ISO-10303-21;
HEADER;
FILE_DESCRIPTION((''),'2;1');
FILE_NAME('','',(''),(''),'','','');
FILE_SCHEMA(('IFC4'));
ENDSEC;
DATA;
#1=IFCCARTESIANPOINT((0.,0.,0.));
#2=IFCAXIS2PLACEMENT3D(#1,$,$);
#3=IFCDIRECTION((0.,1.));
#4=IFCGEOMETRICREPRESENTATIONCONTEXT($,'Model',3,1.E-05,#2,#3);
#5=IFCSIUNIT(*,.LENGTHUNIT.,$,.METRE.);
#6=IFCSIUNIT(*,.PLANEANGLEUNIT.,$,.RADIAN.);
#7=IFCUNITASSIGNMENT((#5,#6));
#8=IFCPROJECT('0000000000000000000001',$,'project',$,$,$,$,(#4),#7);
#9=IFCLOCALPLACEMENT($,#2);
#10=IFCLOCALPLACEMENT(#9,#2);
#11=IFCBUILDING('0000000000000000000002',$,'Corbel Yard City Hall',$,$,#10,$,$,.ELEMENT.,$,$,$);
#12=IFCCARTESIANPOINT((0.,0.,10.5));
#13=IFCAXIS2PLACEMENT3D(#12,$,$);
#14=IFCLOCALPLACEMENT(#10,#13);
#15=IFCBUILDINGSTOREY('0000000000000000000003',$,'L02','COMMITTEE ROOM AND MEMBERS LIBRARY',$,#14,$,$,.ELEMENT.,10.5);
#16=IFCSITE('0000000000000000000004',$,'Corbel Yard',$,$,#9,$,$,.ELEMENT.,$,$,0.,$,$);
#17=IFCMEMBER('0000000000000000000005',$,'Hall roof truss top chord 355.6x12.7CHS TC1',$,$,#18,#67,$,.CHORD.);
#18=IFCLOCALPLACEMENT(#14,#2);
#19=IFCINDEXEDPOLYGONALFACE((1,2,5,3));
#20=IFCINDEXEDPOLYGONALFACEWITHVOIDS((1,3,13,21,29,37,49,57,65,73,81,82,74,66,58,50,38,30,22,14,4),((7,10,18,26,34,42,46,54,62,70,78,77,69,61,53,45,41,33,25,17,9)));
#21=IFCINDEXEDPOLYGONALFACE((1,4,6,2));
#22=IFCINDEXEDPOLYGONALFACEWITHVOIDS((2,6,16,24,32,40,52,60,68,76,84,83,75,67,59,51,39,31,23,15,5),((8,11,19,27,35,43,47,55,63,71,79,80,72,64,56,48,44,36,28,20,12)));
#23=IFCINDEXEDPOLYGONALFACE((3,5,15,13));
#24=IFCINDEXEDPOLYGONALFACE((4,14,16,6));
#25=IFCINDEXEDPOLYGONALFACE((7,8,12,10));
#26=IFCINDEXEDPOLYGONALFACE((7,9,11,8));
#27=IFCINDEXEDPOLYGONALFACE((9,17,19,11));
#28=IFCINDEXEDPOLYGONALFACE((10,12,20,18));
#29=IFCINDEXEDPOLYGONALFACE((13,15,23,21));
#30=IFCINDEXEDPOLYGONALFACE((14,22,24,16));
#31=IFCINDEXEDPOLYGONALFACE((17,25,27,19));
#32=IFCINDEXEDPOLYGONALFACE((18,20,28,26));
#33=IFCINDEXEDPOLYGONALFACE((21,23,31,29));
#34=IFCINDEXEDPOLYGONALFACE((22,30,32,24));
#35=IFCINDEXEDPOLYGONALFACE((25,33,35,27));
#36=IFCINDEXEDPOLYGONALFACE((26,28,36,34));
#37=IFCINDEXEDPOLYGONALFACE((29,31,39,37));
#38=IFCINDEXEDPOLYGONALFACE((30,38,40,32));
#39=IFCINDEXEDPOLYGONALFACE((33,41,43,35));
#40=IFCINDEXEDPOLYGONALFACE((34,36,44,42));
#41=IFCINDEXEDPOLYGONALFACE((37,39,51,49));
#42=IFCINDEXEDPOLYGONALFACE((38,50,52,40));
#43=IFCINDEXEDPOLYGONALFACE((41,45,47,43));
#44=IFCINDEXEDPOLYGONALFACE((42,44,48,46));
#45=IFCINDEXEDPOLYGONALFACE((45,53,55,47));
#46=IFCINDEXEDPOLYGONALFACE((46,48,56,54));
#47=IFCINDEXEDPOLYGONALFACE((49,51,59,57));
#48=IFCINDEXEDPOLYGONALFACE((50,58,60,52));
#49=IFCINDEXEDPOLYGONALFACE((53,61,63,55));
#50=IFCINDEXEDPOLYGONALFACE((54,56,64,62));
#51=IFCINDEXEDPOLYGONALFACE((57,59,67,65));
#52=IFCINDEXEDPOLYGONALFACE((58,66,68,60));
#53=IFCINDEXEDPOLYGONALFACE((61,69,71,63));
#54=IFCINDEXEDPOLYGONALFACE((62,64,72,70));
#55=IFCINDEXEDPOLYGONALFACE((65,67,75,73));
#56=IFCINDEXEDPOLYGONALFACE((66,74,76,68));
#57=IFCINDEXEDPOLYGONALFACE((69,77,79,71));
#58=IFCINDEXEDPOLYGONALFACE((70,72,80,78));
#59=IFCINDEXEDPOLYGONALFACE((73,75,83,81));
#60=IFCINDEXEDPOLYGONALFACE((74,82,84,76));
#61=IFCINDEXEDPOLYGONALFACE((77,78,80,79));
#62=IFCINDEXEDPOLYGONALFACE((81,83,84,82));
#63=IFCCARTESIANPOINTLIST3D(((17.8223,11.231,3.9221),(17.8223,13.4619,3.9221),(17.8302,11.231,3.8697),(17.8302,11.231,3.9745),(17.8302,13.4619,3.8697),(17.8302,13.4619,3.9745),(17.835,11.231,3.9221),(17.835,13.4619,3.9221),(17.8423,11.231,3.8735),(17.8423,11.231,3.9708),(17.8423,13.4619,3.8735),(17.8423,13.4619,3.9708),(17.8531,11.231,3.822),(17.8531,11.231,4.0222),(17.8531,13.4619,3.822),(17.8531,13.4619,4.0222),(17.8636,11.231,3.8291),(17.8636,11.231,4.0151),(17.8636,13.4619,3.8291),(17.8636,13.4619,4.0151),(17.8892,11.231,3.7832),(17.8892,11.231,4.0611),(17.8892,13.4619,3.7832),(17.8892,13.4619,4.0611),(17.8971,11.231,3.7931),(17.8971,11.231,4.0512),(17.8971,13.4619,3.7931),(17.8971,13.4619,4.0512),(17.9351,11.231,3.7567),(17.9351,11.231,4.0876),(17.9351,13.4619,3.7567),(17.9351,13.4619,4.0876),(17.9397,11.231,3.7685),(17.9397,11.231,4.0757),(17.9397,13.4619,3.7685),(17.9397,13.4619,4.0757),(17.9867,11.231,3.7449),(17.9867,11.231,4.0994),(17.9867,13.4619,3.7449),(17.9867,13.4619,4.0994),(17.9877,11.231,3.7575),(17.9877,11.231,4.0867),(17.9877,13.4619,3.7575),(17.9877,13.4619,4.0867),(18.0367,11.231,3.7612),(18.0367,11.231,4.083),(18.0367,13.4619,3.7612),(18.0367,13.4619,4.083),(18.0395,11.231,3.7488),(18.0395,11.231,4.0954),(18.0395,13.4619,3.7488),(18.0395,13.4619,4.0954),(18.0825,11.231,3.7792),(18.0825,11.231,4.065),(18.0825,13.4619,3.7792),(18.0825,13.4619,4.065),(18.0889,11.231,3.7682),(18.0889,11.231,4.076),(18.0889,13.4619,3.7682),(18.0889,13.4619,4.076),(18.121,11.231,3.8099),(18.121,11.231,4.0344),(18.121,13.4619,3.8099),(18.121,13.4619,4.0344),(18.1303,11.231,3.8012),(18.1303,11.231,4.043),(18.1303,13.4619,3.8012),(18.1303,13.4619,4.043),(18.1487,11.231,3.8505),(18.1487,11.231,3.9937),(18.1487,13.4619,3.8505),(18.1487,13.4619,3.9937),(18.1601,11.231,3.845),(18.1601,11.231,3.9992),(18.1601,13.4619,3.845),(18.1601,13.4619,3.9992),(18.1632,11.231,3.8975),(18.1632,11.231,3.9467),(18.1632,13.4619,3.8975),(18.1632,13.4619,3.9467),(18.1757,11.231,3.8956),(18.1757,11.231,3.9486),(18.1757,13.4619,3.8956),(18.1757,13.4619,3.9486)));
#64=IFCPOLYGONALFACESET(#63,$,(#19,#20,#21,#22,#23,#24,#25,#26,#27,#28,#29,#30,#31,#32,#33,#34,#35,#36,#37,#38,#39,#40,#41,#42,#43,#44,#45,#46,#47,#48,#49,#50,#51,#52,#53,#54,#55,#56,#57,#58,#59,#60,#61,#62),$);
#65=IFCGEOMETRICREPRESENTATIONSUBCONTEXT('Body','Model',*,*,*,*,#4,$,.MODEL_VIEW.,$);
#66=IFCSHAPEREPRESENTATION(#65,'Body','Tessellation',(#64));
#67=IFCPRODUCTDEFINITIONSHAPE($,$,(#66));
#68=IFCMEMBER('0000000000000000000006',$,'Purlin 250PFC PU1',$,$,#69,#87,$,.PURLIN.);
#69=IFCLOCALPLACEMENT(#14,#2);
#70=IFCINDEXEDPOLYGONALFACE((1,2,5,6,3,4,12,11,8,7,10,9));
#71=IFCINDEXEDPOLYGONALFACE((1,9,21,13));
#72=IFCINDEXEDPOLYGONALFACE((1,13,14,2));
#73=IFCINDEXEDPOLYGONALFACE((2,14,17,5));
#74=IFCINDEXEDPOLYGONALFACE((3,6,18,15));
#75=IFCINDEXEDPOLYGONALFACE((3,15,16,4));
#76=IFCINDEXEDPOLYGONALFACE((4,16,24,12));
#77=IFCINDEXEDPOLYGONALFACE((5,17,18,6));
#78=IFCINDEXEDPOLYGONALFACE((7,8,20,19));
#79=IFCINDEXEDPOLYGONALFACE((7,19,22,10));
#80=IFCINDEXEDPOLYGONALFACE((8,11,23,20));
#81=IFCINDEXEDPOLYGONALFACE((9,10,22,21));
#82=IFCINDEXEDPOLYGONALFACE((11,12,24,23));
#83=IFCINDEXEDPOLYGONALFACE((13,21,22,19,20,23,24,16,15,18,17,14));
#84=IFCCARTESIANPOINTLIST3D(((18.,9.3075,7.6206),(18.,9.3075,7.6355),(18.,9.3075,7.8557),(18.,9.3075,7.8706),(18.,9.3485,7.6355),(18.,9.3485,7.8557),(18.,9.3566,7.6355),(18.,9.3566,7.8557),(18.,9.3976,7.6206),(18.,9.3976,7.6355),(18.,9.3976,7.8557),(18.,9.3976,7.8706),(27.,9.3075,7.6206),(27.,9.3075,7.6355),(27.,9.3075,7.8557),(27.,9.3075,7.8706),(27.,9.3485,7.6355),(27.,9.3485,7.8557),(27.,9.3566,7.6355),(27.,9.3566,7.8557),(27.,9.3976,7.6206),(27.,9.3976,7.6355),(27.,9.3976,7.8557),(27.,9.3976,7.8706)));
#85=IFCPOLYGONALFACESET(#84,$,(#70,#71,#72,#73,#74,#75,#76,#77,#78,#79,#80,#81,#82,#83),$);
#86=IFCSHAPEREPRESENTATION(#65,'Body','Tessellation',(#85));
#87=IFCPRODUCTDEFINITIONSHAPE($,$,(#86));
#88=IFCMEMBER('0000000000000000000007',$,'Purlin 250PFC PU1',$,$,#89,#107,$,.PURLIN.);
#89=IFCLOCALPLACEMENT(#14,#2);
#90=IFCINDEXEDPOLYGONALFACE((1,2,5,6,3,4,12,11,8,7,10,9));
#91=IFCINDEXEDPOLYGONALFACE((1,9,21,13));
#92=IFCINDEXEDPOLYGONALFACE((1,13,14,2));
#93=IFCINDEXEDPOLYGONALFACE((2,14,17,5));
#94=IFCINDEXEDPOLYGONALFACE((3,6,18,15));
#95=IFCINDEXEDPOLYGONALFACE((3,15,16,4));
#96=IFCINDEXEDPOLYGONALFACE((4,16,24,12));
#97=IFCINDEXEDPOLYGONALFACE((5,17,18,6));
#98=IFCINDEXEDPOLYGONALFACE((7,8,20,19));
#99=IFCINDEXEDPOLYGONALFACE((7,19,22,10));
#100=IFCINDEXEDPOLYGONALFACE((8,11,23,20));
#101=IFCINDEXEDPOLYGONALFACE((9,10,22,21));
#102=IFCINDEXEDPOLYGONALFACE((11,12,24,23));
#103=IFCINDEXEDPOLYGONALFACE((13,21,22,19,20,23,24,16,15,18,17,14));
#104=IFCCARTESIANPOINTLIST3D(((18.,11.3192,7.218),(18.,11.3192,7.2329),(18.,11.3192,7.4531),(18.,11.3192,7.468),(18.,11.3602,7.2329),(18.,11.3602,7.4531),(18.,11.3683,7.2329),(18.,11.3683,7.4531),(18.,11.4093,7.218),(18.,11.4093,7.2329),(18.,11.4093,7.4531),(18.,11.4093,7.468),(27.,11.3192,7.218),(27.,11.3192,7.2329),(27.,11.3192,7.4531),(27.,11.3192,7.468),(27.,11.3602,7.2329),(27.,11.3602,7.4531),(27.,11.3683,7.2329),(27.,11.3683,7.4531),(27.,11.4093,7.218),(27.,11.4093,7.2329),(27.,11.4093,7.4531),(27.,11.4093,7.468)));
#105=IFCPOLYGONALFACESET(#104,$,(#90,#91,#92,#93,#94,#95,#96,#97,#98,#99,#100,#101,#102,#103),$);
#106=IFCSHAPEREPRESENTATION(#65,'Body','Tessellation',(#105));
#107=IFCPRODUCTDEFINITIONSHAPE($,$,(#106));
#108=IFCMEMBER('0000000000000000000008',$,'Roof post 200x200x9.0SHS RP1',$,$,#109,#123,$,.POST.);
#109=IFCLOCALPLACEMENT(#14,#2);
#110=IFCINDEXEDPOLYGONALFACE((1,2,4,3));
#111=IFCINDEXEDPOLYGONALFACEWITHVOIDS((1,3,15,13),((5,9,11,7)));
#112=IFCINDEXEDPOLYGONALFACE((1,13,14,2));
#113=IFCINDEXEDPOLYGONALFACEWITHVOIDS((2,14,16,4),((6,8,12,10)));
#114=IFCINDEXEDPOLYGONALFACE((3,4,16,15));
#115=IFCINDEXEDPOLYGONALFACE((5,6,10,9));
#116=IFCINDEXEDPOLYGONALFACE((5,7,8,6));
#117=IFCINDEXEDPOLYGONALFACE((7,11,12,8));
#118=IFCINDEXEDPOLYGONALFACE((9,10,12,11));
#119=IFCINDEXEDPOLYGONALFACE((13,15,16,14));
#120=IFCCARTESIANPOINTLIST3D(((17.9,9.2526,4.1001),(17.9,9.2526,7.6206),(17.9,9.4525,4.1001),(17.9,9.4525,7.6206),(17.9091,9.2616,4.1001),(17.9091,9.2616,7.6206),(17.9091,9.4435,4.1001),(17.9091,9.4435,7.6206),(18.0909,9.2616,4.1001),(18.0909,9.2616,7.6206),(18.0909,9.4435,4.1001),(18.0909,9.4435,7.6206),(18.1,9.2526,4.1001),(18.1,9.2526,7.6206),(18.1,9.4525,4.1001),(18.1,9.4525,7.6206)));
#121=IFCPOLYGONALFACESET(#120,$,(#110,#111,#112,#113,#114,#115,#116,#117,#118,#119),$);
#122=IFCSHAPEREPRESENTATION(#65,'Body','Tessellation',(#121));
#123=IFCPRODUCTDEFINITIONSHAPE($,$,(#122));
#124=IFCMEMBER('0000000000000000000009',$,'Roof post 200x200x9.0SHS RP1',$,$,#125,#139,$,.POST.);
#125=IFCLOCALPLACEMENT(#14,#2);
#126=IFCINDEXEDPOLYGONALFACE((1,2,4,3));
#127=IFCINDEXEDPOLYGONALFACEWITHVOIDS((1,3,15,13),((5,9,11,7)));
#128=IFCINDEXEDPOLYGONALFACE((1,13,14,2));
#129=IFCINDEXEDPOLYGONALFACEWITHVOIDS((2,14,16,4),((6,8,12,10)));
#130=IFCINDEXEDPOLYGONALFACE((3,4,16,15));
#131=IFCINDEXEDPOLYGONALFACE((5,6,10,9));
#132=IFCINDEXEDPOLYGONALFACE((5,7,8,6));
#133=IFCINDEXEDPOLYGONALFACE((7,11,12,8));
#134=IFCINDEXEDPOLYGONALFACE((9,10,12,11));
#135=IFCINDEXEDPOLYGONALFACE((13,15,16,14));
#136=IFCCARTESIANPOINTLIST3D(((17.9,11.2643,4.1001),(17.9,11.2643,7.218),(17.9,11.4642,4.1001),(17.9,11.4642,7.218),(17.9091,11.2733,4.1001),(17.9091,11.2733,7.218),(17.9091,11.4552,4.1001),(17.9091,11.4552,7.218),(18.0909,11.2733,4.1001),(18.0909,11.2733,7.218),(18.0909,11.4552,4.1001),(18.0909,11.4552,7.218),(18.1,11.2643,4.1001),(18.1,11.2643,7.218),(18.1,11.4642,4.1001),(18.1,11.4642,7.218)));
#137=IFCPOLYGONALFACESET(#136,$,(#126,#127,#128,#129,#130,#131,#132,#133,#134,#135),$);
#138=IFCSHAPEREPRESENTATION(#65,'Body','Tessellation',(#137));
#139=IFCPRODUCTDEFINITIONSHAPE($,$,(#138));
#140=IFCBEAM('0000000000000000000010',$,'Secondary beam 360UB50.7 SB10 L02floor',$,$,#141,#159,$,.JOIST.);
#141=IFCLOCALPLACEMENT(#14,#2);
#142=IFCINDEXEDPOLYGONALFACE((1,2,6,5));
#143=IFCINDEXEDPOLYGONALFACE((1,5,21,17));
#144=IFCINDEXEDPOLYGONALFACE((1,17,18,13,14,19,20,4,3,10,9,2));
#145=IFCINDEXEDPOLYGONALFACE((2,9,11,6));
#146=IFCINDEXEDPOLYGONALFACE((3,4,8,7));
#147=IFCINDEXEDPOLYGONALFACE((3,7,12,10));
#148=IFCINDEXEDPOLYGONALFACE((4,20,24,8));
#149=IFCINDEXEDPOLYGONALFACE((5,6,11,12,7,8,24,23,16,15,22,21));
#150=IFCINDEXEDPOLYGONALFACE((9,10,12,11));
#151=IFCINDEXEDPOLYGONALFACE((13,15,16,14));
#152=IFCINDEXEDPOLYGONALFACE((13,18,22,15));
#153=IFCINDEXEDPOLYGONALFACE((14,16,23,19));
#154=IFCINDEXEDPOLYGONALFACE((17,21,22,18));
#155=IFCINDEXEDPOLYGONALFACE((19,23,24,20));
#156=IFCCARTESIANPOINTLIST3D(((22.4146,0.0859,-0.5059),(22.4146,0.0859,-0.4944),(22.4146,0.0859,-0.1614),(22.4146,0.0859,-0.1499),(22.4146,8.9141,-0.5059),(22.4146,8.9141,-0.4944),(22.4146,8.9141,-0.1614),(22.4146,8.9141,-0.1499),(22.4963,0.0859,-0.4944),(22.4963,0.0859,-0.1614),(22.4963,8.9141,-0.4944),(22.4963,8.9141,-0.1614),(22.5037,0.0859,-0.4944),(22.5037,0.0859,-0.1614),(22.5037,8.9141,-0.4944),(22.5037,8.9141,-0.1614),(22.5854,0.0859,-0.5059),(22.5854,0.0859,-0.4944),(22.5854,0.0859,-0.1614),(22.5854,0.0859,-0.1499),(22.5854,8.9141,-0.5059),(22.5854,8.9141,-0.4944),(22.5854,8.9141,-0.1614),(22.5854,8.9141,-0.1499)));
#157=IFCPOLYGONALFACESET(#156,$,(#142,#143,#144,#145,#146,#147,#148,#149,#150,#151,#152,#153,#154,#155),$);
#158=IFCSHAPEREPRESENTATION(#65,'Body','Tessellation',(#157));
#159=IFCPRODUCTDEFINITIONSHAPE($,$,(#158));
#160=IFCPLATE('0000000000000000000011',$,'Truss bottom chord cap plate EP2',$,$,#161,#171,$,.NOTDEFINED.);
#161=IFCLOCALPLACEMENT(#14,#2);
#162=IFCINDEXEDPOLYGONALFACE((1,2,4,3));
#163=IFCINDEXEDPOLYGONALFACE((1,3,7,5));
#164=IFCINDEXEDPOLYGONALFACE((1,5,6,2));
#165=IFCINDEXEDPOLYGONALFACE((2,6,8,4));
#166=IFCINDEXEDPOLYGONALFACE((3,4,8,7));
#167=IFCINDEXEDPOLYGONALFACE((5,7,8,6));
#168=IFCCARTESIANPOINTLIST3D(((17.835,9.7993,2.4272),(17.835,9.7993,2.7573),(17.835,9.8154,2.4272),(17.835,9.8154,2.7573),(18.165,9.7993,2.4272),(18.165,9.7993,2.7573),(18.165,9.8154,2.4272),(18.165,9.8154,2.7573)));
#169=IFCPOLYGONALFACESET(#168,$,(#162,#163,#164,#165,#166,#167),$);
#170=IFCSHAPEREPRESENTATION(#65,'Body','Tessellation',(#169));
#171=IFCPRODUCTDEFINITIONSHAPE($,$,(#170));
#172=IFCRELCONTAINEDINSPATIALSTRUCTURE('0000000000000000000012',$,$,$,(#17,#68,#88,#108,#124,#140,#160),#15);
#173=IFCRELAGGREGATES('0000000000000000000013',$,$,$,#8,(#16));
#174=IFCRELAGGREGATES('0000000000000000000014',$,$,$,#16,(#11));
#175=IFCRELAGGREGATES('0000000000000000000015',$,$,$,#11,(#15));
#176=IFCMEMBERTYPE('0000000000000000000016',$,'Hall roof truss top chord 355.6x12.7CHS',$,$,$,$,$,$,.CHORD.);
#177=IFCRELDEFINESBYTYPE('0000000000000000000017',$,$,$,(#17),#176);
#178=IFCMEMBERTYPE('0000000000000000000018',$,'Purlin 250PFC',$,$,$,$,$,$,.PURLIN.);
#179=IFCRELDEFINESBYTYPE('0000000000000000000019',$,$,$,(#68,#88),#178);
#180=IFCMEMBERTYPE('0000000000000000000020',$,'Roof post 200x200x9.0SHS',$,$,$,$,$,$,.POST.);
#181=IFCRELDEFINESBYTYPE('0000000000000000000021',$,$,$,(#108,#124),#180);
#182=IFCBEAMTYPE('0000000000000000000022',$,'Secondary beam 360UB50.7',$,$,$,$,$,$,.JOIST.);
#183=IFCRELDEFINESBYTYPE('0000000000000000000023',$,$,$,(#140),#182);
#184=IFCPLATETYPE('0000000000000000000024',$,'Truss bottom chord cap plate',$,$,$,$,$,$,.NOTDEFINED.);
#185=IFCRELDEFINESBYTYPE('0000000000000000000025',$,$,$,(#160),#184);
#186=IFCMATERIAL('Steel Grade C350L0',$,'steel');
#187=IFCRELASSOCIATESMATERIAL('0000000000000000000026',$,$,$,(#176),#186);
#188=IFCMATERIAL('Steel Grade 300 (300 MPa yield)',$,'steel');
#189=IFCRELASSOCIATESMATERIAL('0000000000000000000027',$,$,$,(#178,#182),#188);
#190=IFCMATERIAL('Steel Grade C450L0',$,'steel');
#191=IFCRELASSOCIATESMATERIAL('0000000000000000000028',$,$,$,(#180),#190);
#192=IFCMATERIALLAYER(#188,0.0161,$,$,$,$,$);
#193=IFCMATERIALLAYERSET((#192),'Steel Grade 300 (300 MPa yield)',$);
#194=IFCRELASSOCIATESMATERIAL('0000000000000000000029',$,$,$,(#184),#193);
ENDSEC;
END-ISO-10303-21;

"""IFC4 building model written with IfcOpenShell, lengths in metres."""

from ifc_helpers import new_model, si_unit, direction, frame, origin, origin_2d, place, context, subcontext, project, spatial, rectangle, hollow_rectangle, hollow_circle, i_section, extrude, material, layer, layer_set, material_profile, profile_set, type_object, element, save


model = new_model("IFC4")

# Units and contexts
model_context = context("Model", 3, precision=1e-05, world=origin(), true_north=direction((0.0, 1.0)))
body_context = subcontext(model_context, "Body", "Model", "MODEL_VIEW")
ifc_project = project(units=[si_unit("LENGTHUNIT", "METRE"), si_unit("PLANEANGLEUNIT", "RADIAN")], contexts=[model_context])

# Site, building, storey
site_placement = place(None, origin())
site = spatial("IfcSite", under=ifc_project, at=site_placement, Name="Corbel Yard", CompositionType="ELEMENT", RefElevation=0.0)
building_placement = place(site_placement, origin())
building = spatial("IfcBuilding", under=site, at=building_placement, Name="Corbel Yard City Hall", CompositionType="ELEMENT")
storey_placement = place(building_placement, frame((0.0, 0.0, 10.5)))
storey = spatial("IfcBuildingStorey", under=building, at=storey_placement, Name="L02", Description="COMMITTEE ROOM AND MEMBERS LIBRARY", CompositionType="ELEMENT", Elevation=10.5)

# Shared definitions
ifc_material_1 = material(Name="Steel Grade 300 (300 MPa yield)", Category="steel")

# Members
ifc_material_2 = material(Name="Steel Grade C350L0", Category="steel")
ifc_material_profile_1 = material_profile(ifc_material_2, hollow_circle(Radius=0.1777, WallThickness=0.0127, at=origin_2d()), Name="355.6x12.7CHS")
ifc_profile_set_1 = profile_set([ifc_material_profile_1], Name="Steel Grade C350L0")
member_type_1 = type_object("IfcMemberType", Name="Hall roof truss top chord 355.6x12.7CHS", PredefinedType="CHORD", material=ifc_profile_set_1)
for number, where, z_axis, x_axis, name in (
    (1, (18.0, 11.231, 3.9221), (0.0, 1.0, 0.0), (-1.0, 0.0, 0.0), "Hall roof truss top chord 355.6x12.7CHS TC1"),
):
    element("IfcMember", number, at=place(storey_placement, frame(where, z_axis=z_axis, x_axis=x_axis)), inside=storey, type_object=member_type_1, Name=name, PredefinedType="CHORD", context=body_context, shape_type="SweptSolid", body=[
        extrude(hollow_circle(Radius=0.1777, WallThickness=0.0127, at=origin_2d()), origin(), (0.0, 0.0, 1.0), 2.231),
    ])
ifc_material_profile_2 = material_profile(ifc_material_1, i_section(OverallWidth=0.0901, OverallDepth=0.25, WebThickness=0.0081, FlangeThickness=0.0149, at=origin_2d()), Name="250PFC")
ifc_profile_set_2 = profile_set([ifc_material_profile_2], Name="Steel Grade 300 (300 MPa yield)")
member_type_2 = type_object("IfcMemberType", Name="Purlin 250PFC", PredefinedType="PURLIN", material=ifc_profile_set_2)
for number, where, z_axis, x_axis, name in (
    (2, (18.0, 9.3525, 7.7456), (1.0, 0.0, 0.0), (0.0, 1.0, 0.0), "Purlin 250PFC PU1"),
    (3, (18.0, 11.3643, 7.343), (1.0, 0.0, 0.0), (0.0, 1.0, 0.0), "Purlin 250PFC PU1"),
):
    element("IfcMember", number, at=place(storey_placement, frame(where, z_axis=z_axis, x_axis=x_axis)), inside=storey, type_object=member_type_2, Name=name, PredefinedType="PURLIN", context=body_context, shape_type="SweptSolid", body=[
        extrude(i_section(OverallWidth=0.0901, OverallDepth=0.25, WebThickness=0.0081, FlangeThickness=0.0149, at=origin_2d()), origin(), (0.0, 0.0, 1.0), 9.0),
    ])
ifc_material_3 = material(Name="Steel Grade C450L0", Category="steel")
ifc_material_profile_3 = material_profile(ifc_material_3, hollow_rectangle(XDim=0.2, YDim=0.2, WallThickness=0.009, at=origin_2d()), Name="200x200x9.0SHS")
ifc_profile_set_3 = profile_set([ifc_material_profile_3], Name="Steel Grade C450L0")
member_type_3 = type_object("IfcMemberType", Name="Roof post 200x200x9.0SHS", PredefinedType="POST", material=ifc_profile_set_3)
member_1_placement = place(storey_placement, frame((18.0, 9.3525, 4.1001), z_axis=(0.0, 0.0, 1.0), x_axis=(1.0, 0.0, 0.0)))
element("IfcMember", 4, at=member_1_placement, inside=storey, type_object=member_type_3, Name="Roof post 200x200x9.0SHS RP1", PredefinedType="POST", context=body_context, shape_type="SweptSolid", body=[
    extrude(hollow_rectangle(XDim=0.2, YDim=0.2, WallThickness=0.009, at=origin_2d()), origin(), (0.0, 0.0, 1.0), 3.5205),
])
member_2_placement = place(storey_placement, frame((18.0, 11.3643, 4.1001), z_axis=(0.0, 0.0, 1.0), x_axis=(1.0, 0.0, 0.0)))
element("IfcMember", 5, at=member_2_placement, inside=storey, type_object=member_type_3, Name="Roof post 200x200x9.0SHS RP1", PredefinedType="POST", context=body_context, shape_type="SweptSolid", body=[
    extrude(hollow_rectangle(XDim=0.2, YDim=0.2, WallThickness=0.009, at=origin_2d()), origin(), (0.0, 0.0, 1.0), 3.1179),
])

# Beam
ifc_material_profile_4 = material_profile(ifc_material_1, i_section(OverallWidth=0.1709, OverallDepth=0.356, WebThickness=0.0073, FlangeThickness=0.0115, at=origin_2d()), Name="360UB50.7")
ifc_profile_set_4 = profile_set([ifc_material_profile_4], Name="Steel Grade 300 (300 MPa yield)")
beam_type_1 = type_object("IfcBeamType", Name="Secondary beam 360UB50.7", PredefinedType="JOIST", material=ifc_profile_set_4)
beam_1_placement = place(storey_placement, frame((22.5, 0.0859, -0.3279), z_axis=(0.0, 1.0, 0.0), x_axis=(-1.0, 0.0, 0.0)))
element("IfcBeam", 6, at=beam_1_placement, inside=storey, type_object=beam_type_1, Name="Secondary beam 360UB50.7 SB10 L02floor", PredefinedType="JOIST", context=body_context, shape_type="SweptSolid", body=[
    extrude(i_section(OverallWidth=0.1709, OverallDepth=0.356, WebThickness=0.0073, FlangeThickness=0.0115, at=origin_2d()), origin(), (0.0, 0.0, 1.0), 8.8281),
])

# Plate
ifc_layer_1 = layer(ifc_material_1, 0.0161)
ifc_layer_set_1 = layer_set([ifc_layer_1], Name="Steel Grade 300 (300 MPa yield)")
plate_type = type_object("IfcPlateType", Name="Truss bottom chord cap plate", PredefinedType="NOTDEFINED", material=ifc_layer_set_1)
plate_placement = place(storey_placement, frame((18.0, 9.8074, 2.4272), z_axis=(0.0, 0.0, 1.0), x_axis=(1.0, 0.0, 0.0)))
element("IfcPlate", 7, at=plate_placement, inside=storey, type_object=plate_type, Name="Truss bottom chord cap plate EP2", PredefinedType="NOTDEFINED", context=body_context, shape_type="SweptSolid", body=[
    extrude(rectangle(XDim=0.3301, YDim=0.0161, at=origin_2d()), origin(), (0.0, 0.0, 1.0), 0.3301),
])

save(model, "model.ifc")
